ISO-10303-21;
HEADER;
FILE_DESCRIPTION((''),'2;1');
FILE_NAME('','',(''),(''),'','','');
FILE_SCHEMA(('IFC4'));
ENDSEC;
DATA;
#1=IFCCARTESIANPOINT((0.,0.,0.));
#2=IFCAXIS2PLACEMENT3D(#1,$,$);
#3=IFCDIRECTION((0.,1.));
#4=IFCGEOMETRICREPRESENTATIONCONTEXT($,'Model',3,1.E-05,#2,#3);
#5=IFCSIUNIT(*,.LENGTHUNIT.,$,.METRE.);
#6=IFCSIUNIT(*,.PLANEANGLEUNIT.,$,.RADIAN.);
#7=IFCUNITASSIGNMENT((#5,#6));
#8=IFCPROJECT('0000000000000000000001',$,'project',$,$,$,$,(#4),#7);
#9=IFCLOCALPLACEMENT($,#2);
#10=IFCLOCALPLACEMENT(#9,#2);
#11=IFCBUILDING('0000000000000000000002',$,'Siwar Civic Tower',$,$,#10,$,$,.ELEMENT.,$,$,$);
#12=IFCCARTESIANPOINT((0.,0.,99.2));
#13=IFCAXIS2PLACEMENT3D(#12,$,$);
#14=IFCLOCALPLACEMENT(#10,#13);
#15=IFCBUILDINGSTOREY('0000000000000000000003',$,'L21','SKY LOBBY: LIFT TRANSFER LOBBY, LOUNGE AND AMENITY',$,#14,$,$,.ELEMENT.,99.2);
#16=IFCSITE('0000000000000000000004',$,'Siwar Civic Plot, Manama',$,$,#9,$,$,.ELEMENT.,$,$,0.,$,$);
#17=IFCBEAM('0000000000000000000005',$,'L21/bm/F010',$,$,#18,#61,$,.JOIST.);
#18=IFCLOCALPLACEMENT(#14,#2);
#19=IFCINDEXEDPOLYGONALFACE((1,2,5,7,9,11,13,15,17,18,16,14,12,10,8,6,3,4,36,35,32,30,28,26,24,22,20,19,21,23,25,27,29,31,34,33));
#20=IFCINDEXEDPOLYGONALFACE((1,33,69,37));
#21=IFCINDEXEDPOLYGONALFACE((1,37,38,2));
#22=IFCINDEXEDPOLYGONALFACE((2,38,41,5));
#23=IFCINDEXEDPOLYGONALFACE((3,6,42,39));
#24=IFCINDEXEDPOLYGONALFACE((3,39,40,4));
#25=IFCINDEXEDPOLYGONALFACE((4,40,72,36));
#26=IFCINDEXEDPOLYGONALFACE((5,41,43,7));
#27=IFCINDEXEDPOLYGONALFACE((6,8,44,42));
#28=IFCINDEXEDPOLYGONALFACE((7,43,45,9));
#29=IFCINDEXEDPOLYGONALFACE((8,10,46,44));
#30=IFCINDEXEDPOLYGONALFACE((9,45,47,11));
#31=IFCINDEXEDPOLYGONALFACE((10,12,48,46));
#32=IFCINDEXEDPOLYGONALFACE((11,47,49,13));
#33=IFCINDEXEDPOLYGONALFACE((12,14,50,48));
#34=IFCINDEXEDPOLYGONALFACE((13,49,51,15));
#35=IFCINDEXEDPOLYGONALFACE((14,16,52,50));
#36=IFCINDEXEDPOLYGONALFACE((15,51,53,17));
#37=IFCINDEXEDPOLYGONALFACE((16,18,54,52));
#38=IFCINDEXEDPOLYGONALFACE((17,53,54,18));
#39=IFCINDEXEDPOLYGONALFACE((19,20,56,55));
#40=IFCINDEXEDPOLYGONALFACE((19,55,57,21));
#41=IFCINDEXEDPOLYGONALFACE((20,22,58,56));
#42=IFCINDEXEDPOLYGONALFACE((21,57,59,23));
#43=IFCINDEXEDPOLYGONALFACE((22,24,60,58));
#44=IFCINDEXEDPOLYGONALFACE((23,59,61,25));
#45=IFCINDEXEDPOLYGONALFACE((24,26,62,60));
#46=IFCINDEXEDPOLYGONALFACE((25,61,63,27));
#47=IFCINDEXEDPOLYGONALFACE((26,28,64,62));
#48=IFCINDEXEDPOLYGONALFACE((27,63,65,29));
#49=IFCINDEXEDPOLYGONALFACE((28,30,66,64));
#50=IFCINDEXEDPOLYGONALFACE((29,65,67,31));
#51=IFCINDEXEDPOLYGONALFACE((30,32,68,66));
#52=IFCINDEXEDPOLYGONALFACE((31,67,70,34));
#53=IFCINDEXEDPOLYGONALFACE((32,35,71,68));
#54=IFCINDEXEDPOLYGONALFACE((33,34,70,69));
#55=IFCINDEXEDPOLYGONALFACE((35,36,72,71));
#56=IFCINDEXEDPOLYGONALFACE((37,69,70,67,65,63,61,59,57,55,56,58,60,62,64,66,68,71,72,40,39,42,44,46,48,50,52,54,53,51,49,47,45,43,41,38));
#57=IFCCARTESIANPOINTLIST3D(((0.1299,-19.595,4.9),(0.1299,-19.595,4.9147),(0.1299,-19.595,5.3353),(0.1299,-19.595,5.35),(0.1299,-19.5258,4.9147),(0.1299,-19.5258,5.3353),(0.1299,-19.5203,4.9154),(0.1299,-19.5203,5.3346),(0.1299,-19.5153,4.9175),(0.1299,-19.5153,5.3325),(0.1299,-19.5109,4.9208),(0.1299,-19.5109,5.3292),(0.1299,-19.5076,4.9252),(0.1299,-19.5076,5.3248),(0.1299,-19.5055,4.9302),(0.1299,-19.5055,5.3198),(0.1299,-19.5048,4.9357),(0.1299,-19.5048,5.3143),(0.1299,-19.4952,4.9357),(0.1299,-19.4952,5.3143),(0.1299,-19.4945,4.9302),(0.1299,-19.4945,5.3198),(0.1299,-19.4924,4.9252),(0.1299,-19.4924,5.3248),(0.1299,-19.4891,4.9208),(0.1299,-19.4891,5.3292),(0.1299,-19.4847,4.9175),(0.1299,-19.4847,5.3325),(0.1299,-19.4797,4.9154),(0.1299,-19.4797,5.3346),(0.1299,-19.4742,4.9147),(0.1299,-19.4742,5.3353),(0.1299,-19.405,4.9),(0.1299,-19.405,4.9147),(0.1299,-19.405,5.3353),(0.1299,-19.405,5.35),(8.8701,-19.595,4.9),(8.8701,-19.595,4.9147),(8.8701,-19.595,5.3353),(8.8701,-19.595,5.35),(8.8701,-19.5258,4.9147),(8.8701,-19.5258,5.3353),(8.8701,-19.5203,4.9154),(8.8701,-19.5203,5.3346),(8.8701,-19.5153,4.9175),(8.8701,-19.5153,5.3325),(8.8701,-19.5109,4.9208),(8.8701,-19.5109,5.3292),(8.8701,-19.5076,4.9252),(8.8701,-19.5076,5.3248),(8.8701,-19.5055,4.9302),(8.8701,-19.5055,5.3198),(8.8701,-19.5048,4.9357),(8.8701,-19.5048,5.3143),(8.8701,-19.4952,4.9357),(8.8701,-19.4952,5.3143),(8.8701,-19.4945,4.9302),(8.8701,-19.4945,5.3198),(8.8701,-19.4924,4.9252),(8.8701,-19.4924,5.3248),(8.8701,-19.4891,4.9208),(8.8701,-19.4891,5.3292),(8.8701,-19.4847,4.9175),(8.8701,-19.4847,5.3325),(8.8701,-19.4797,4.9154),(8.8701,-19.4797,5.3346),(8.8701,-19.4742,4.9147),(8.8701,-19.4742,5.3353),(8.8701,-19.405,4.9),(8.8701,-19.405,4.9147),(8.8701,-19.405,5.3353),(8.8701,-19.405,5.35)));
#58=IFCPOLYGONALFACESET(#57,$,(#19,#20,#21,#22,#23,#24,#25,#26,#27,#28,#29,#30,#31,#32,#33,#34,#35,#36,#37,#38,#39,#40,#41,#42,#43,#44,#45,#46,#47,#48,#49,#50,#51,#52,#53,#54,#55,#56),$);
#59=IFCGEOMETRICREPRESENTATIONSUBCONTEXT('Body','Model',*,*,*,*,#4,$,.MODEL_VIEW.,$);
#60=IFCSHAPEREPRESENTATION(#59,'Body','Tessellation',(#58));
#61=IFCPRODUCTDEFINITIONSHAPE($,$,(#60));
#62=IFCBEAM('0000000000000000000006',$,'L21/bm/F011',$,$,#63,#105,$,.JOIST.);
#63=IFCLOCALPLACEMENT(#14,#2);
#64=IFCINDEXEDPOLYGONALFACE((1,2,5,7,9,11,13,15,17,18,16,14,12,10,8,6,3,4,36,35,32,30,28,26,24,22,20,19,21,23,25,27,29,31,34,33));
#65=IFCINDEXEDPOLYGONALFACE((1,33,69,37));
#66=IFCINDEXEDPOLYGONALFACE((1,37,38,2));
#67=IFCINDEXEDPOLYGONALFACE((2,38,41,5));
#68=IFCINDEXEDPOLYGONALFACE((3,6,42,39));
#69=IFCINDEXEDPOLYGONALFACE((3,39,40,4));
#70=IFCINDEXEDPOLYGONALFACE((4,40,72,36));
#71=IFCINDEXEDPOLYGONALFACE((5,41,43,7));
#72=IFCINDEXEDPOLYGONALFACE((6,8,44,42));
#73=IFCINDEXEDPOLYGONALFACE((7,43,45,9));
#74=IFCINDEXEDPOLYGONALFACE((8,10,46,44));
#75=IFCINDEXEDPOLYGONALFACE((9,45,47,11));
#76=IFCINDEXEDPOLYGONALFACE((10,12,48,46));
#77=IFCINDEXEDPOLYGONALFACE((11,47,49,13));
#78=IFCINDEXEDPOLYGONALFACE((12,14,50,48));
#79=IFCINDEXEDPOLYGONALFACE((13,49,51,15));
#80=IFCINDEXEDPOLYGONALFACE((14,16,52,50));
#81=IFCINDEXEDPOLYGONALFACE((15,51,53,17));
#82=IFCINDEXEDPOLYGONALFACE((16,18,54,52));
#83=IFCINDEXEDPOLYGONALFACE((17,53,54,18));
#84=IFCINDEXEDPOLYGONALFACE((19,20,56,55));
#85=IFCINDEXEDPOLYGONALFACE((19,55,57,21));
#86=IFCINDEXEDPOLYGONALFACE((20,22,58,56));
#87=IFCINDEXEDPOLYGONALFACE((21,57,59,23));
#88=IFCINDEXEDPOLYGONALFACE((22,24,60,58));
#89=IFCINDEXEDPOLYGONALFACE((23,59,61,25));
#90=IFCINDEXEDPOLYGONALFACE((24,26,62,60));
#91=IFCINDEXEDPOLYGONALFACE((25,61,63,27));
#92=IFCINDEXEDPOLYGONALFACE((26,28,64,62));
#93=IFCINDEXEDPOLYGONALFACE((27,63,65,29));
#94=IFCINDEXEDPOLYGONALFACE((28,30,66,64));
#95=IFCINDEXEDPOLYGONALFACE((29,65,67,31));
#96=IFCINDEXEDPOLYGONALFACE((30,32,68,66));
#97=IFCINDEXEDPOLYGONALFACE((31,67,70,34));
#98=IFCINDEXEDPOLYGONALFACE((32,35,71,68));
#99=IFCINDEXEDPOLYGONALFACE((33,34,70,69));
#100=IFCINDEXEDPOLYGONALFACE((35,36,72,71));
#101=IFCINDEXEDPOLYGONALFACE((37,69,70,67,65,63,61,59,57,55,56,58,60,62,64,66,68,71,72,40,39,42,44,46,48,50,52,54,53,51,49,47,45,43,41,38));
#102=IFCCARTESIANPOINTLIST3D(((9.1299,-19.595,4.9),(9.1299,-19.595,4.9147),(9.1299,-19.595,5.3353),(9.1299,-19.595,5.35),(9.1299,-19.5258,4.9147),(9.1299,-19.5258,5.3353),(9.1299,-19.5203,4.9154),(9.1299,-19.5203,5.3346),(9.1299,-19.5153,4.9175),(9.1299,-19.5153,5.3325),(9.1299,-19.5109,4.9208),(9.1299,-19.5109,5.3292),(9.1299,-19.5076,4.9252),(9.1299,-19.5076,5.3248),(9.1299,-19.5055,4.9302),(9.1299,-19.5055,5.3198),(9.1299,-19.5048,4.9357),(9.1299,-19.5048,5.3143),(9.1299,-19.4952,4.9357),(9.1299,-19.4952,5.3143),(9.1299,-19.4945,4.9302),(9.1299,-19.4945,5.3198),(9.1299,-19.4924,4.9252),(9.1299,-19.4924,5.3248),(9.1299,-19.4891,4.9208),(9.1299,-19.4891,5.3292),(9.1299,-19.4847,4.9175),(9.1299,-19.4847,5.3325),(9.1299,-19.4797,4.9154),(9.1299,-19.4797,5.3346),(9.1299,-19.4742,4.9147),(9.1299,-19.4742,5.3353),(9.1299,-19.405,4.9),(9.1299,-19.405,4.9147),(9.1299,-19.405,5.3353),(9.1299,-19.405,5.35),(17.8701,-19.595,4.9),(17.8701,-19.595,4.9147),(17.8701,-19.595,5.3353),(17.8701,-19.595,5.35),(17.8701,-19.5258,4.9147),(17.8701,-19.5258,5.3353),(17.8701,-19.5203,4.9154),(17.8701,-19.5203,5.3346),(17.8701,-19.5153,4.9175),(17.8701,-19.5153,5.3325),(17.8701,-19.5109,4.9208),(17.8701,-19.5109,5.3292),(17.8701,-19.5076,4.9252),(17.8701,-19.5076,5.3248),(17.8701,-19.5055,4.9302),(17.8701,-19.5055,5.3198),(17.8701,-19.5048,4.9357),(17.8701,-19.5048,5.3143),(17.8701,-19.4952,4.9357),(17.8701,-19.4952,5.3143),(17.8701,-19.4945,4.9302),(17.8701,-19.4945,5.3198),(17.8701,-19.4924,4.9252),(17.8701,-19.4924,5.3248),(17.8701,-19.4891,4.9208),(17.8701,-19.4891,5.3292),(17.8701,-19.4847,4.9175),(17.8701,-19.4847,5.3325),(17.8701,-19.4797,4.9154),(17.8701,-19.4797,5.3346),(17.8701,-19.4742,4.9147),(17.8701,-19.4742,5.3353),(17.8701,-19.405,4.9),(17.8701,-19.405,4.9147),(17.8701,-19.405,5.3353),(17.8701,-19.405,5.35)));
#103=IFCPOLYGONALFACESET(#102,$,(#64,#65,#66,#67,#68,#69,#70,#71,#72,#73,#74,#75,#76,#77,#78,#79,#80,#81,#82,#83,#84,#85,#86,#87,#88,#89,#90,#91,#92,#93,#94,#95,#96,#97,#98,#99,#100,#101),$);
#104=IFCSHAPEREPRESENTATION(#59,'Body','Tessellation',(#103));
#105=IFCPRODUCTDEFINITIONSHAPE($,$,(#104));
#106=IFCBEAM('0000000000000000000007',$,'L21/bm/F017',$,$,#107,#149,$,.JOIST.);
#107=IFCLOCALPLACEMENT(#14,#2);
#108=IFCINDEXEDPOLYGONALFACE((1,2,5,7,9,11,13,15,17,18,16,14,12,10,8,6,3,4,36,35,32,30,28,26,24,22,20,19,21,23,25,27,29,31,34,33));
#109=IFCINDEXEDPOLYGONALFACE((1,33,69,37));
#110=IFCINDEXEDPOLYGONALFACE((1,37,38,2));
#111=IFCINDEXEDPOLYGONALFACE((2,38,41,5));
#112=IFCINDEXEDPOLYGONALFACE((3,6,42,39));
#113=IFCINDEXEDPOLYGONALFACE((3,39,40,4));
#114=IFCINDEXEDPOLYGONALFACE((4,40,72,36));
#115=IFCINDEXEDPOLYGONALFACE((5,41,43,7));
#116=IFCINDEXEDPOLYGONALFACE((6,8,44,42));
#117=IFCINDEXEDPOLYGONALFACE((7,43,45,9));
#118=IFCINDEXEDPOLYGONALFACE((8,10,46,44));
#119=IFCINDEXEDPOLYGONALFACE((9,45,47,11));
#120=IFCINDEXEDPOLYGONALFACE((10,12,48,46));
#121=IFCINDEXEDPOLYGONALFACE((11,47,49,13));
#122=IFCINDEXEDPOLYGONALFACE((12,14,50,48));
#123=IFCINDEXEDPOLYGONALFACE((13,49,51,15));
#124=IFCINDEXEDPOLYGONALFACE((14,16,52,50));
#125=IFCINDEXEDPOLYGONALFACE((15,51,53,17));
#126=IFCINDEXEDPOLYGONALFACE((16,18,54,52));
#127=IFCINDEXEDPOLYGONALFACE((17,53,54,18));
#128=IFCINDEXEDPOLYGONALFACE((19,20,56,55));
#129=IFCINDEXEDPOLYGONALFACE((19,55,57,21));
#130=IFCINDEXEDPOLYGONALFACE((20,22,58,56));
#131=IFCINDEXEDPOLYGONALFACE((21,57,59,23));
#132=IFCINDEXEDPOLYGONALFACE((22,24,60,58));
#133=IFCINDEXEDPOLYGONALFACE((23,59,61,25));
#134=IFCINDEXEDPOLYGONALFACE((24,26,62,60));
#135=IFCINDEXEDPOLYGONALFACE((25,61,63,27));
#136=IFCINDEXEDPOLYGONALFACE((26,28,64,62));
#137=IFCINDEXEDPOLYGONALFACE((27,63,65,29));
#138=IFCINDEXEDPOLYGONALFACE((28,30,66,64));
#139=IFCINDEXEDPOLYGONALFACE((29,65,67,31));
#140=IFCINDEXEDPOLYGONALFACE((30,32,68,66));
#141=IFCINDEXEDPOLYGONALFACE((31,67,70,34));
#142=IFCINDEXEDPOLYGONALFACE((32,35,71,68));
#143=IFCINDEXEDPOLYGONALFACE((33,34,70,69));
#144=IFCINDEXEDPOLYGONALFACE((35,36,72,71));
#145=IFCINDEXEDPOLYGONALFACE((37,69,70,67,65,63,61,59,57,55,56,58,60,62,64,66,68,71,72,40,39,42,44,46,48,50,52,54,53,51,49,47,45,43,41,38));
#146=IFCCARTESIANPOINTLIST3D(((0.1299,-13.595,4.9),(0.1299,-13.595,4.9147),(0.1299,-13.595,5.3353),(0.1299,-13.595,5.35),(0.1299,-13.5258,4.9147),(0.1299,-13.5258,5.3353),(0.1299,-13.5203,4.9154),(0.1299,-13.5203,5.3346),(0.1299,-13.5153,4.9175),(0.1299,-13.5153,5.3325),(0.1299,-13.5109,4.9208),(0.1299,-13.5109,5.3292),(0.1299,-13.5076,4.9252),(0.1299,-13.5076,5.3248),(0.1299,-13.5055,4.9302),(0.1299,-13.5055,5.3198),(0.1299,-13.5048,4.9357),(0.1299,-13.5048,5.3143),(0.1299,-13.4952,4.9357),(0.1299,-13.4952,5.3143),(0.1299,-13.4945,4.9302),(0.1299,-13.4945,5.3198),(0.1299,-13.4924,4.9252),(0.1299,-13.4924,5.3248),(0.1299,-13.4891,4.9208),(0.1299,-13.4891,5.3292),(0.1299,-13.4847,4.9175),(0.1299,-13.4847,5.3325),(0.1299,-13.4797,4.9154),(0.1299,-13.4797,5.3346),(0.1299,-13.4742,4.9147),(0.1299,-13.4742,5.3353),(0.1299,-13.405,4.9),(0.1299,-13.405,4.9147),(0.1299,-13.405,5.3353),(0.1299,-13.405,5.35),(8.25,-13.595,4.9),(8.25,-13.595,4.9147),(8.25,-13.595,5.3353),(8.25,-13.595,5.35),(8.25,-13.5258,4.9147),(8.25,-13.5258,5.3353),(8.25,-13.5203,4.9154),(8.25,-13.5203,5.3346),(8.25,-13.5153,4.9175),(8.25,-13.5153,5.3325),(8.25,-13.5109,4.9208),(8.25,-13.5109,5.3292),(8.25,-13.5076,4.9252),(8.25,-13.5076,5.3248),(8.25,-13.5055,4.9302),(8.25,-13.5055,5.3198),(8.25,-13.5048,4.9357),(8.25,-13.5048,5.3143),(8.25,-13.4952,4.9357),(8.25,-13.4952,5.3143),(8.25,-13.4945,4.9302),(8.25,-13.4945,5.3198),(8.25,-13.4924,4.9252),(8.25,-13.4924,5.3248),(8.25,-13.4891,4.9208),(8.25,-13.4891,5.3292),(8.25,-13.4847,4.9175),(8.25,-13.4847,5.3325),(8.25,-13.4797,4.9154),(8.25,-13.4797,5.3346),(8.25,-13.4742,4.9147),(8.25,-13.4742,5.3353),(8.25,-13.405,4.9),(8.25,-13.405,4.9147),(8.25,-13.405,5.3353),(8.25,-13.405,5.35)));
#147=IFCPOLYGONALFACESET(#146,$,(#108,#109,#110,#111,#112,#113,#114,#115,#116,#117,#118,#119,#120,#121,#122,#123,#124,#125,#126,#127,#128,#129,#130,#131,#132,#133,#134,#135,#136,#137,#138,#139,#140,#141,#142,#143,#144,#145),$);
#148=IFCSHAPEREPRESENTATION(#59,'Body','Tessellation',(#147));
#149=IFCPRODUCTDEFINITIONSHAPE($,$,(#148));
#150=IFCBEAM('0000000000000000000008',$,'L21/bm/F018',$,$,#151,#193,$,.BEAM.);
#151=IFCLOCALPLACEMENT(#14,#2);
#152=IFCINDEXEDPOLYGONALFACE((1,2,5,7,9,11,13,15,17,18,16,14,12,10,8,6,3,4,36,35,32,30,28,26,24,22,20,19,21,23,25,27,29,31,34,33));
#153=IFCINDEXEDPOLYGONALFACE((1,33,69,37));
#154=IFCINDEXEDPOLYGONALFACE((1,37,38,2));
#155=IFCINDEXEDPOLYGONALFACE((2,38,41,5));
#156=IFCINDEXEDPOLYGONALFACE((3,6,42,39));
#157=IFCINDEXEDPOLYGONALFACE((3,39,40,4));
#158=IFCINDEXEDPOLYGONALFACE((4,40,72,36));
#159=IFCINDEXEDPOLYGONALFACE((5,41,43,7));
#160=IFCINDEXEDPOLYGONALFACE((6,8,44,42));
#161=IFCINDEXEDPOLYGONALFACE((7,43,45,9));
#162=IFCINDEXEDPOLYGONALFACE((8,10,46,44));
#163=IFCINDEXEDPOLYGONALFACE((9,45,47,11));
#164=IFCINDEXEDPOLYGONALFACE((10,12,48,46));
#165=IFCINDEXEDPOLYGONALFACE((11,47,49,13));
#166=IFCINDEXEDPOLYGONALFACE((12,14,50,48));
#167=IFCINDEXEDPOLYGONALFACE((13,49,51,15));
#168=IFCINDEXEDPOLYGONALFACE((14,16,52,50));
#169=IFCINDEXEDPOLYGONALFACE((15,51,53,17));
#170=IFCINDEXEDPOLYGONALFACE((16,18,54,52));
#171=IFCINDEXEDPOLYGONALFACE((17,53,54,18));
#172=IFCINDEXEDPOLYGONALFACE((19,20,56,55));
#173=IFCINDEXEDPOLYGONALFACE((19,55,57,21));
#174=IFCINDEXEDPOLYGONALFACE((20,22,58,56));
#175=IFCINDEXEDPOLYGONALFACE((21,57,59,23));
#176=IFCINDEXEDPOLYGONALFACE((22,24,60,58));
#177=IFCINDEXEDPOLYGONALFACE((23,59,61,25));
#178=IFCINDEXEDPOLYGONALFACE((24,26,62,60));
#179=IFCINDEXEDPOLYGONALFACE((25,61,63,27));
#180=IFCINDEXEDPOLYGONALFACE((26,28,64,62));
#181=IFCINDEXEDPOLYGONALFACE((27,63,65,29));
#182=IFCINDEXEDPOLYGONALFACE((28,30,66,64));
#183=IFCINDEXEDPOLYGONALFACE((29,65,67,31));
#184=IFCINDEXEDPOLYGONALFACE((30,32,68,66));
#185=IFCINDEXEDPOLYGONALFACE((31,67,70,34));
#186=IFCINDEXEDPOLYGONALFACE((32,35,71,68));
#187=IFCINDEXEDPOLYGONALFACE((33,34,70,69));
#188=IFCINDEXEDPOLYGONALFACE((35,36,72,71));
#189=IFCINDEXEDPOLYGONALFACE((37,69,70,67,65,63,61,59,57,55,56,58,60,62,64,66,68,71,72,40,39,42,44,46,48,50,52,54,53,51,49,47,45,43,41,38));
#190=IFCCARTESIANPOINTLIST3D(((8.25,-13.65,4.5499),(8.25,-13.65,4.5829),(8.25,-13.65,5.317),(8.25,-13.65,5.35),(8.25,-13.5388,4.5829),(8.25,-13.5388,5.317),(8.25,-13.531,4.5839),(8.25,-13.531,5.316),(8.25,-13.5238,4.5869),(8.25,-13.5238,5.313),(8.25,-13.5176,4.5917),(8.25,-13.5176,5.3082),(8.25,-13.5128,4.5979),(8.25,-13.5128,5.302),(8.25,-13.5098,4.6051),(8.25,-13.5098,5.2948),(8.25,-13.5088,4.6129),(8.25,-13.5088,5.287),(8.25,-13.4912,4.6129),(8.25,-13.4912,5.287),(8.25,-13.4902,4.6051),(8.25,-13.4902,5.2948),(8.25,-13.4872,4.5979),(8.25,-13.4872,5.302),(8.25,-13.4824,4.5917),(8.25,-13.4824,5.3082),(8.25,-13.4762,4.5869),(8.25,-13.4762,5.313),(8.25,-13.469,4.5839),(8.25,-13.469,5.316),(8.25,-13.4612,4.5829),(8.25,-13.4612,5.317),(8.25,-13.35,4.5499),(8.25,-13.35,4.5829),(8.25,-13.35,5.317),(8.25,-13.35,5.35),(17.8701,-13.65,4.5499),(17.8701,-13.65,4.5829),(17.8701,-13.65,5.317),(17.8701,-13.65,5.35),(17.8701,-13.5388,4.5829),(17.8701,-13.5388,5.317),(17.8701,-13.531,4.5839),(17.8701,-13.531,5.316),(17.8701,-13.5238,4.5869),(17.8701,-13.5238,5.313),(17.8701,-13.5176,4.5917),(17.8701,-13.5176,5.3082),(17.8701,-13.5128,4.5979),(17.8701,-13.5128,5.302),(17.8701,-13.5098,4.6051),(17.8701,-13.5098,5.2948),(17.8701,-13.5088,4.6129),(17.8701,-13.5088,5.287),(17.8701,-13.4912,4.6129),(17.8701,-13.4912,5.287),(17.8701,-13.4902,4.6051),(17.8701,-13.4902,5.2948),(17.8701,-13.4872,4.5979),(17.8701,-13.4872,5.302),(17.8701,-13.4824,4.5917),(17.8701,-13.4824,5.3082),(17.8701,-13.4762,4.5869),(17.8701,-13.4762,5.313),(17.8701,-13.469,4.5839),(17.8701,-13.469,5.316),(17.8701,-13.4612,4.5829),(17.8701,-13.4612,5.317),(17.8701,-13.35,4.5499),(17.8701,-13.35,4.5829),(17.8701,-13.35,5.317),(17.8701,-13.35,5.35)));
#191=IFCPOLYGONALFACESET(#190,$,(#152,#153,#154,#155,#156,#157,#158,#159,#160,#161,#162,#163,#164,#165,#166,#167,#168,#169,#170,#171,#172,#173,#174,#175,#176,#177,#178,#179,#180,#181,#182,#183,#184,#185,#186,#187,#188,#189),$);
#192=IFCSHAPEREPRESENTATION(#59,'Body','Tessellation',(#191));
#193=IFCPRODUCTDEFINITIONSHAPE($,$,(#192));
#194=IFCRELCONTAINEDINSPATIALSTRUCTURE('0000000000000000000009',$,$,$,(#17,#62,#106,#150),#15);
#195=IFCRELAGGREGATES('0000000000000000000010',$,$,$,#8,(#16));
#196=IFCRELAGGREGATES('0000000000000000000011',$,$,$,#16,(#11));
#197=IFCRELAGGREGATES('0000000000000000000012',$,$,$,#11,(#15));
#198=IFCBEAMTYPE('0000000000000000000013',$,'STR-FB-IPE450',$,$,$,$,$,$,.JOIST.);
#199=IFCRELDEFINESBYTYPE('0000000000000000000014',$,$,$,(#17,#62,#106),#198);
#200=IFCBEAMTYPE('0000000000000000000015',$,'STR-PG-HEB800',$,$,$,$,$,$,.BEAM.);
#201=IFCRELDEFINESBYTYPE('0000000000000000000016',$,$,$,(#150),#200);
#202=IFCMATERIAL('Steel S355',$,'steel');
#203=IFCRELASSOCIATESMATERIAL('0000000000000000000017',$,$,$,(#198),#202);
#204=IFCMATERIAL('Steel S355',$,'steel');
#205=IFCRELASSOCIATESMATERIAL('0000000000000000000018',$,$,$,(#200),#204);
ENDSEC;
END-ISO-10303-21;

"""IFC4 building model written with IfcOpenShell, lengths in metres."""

from ifc_helpers import new_model, si_unit, direction, frame, origin, origin_2d, place, context, subcontext, project, spatial, i_section, extrude, material, material_profile, profile_set, type_object, element, save


model = new_model("IFC4")

# Units and contexts
model_context = context("Model", 3, precision=1e-05, world=origin(), true_north=direction((0.0, 1.0)))
body_context = subcontext(model_context, "Body", "Model", "MODEL_VIEW")
ifc_project = project(units=[si_unit("LENGTHUNIT", "METRE"), si_unit("PLANEANGLEUNIT", "RADIAN")], contexts=[model_context])

# Site, building, storey
site_placement = place(None, origin())
site = spatial("IfcSite", under=ifc_project, at=site_placement, Name="Siwar Civic Plot, Manama", CompositionType="ELEMENT", RefElevation=0.0)
building_placement = place(site_placement, origin())
building = spatial("IfcBuilding", under=site, at=building_placement, Name="Siwar Civic Tower", CompositionType="ELEMENT")
storey_placement = place(building_placement, frame((0.0, 0.0, 99.2)))
storey = spatial("IfcBuildingStorey", under=building, at=storey_placement, Name="L21", Description="SKY LOBBY: LIFT TRANSFER LOBBY, LOUNGE AND AMENITY", CompositionType="ELEMENT", Elevation=99.2)

# Beams
ifc_material_1 = material(Name="Steel S355", Category="steel")
ifc_material_profile_1 = material_profile(ifc_material_1, i_section(OverallWidth=0.1899, OverallDepth=0.45, WebThickness=0.0095, FlangeThickness=0.0146, FilletRadius=0.021, at=origin_2d()), Name="IPE450")
ifc_profile_set_1 = profile_set([ifc_material_profile_1], Name="Steel S355")
beam_type_1 = type_object("IfcBeamType", Name="STR-FB-IPE450", PredefinedType="JOIST", material=ifc_profile_set_1)
for number, where, z_axis, x_axis, name in (
    (1, (0.1299, -19.5, 5.125), (1.0, 0.0, 0.0), (0.0, 1.0, 0.0), "L21/bm/F010"),
    (2, (9.1299, -19.5, 5.125), (1.0, 0.0, 0.0), (0.0, 1.0, 0.0), "L21/bm/F011"),
):
    element("IfcBeam", number, at=place(storey_placement, frame(where, z_axis=z_axis, x_axis=x_axis)), inside=storey, type_object=beam_type_1, Name=name, PredefinedType="JOIST", context=body_context, shape_type="SweptSolid", body=[
        extrude(i_section(OverallWidth=0.1899, OverallDepth=0.45, WebThickness=0.0095, FlangeThickness=0.0146, FilletRadius=0.021, at=origin_2d()), origin(), (0.0, 0.0, 1.0), 8.7402),
    ])
beam_1_placement = place(storey_placement, frame((0.1299, -13.5, 5.125), z_axis=(1.0, 0.0, 0.0), x_axis=(0.0, 1.0, 0.0)))
element("IfcBeam", 3, at=beam_1_placement, inside=storey, type_object=beam_type_1, Name="L21/bm/F017", PredefinedType="JOIST", context=body_context, shape_type="SweptSolid", body=[
    extrude(i_section(OverallWidth=0.1899, OverallDepth=0.45, WebThickness=0.0095, FlangeThickness=0.0146, FilletRadius=0.021, at=origin_2d()), origin(), (0.0, 0.0, 1.0), 8.1201),
])
ifc_material_2 = material(Name="Steel S355", Category="steel")
ifc_material_profile_2 = material_profile(ifc_material_2, i_section(OverallWidth=0.3, OverallDepth=0.8, WebThickness=0.0176, FlangeThickness=0.033, FilletRadius=0.03, at=origin_2d()), Name="HEB800")
ifc_profile_set_2 = profile_set([ifc_material_profile_2], Name="Steel S355")
beam_type_2 = type_object("IfcBeamType", Name="STR-PG-HEB800", PredefinedType="BEAM", material=ifc_profile_set_2)
beam_2_placement = place(storey_placement, frame((8.25, -13.5, 4.95), z_axis=(1.0, 0.0, 0.0), x_axis=(0.0, 1.0, 0.0)))
element("IfcBeam", 4, at=beam_2_placement, inside=storey, type_object=beam_type_2, Name="L21/bm/F018", PredefinedType="BEAM", context=body_context, shape_type="SweptSolid", body=[
    extrude(i_section(OverallWidth=0.3, OverallDepth=0.8, WebThickness=0.0176, FlangeThickness=0.033, FilletRadius=0.03, at=origin_2d()), origin(), (0.0, 0.0, 1.0), 9.6201),
])

save(model, "model.ifc")
